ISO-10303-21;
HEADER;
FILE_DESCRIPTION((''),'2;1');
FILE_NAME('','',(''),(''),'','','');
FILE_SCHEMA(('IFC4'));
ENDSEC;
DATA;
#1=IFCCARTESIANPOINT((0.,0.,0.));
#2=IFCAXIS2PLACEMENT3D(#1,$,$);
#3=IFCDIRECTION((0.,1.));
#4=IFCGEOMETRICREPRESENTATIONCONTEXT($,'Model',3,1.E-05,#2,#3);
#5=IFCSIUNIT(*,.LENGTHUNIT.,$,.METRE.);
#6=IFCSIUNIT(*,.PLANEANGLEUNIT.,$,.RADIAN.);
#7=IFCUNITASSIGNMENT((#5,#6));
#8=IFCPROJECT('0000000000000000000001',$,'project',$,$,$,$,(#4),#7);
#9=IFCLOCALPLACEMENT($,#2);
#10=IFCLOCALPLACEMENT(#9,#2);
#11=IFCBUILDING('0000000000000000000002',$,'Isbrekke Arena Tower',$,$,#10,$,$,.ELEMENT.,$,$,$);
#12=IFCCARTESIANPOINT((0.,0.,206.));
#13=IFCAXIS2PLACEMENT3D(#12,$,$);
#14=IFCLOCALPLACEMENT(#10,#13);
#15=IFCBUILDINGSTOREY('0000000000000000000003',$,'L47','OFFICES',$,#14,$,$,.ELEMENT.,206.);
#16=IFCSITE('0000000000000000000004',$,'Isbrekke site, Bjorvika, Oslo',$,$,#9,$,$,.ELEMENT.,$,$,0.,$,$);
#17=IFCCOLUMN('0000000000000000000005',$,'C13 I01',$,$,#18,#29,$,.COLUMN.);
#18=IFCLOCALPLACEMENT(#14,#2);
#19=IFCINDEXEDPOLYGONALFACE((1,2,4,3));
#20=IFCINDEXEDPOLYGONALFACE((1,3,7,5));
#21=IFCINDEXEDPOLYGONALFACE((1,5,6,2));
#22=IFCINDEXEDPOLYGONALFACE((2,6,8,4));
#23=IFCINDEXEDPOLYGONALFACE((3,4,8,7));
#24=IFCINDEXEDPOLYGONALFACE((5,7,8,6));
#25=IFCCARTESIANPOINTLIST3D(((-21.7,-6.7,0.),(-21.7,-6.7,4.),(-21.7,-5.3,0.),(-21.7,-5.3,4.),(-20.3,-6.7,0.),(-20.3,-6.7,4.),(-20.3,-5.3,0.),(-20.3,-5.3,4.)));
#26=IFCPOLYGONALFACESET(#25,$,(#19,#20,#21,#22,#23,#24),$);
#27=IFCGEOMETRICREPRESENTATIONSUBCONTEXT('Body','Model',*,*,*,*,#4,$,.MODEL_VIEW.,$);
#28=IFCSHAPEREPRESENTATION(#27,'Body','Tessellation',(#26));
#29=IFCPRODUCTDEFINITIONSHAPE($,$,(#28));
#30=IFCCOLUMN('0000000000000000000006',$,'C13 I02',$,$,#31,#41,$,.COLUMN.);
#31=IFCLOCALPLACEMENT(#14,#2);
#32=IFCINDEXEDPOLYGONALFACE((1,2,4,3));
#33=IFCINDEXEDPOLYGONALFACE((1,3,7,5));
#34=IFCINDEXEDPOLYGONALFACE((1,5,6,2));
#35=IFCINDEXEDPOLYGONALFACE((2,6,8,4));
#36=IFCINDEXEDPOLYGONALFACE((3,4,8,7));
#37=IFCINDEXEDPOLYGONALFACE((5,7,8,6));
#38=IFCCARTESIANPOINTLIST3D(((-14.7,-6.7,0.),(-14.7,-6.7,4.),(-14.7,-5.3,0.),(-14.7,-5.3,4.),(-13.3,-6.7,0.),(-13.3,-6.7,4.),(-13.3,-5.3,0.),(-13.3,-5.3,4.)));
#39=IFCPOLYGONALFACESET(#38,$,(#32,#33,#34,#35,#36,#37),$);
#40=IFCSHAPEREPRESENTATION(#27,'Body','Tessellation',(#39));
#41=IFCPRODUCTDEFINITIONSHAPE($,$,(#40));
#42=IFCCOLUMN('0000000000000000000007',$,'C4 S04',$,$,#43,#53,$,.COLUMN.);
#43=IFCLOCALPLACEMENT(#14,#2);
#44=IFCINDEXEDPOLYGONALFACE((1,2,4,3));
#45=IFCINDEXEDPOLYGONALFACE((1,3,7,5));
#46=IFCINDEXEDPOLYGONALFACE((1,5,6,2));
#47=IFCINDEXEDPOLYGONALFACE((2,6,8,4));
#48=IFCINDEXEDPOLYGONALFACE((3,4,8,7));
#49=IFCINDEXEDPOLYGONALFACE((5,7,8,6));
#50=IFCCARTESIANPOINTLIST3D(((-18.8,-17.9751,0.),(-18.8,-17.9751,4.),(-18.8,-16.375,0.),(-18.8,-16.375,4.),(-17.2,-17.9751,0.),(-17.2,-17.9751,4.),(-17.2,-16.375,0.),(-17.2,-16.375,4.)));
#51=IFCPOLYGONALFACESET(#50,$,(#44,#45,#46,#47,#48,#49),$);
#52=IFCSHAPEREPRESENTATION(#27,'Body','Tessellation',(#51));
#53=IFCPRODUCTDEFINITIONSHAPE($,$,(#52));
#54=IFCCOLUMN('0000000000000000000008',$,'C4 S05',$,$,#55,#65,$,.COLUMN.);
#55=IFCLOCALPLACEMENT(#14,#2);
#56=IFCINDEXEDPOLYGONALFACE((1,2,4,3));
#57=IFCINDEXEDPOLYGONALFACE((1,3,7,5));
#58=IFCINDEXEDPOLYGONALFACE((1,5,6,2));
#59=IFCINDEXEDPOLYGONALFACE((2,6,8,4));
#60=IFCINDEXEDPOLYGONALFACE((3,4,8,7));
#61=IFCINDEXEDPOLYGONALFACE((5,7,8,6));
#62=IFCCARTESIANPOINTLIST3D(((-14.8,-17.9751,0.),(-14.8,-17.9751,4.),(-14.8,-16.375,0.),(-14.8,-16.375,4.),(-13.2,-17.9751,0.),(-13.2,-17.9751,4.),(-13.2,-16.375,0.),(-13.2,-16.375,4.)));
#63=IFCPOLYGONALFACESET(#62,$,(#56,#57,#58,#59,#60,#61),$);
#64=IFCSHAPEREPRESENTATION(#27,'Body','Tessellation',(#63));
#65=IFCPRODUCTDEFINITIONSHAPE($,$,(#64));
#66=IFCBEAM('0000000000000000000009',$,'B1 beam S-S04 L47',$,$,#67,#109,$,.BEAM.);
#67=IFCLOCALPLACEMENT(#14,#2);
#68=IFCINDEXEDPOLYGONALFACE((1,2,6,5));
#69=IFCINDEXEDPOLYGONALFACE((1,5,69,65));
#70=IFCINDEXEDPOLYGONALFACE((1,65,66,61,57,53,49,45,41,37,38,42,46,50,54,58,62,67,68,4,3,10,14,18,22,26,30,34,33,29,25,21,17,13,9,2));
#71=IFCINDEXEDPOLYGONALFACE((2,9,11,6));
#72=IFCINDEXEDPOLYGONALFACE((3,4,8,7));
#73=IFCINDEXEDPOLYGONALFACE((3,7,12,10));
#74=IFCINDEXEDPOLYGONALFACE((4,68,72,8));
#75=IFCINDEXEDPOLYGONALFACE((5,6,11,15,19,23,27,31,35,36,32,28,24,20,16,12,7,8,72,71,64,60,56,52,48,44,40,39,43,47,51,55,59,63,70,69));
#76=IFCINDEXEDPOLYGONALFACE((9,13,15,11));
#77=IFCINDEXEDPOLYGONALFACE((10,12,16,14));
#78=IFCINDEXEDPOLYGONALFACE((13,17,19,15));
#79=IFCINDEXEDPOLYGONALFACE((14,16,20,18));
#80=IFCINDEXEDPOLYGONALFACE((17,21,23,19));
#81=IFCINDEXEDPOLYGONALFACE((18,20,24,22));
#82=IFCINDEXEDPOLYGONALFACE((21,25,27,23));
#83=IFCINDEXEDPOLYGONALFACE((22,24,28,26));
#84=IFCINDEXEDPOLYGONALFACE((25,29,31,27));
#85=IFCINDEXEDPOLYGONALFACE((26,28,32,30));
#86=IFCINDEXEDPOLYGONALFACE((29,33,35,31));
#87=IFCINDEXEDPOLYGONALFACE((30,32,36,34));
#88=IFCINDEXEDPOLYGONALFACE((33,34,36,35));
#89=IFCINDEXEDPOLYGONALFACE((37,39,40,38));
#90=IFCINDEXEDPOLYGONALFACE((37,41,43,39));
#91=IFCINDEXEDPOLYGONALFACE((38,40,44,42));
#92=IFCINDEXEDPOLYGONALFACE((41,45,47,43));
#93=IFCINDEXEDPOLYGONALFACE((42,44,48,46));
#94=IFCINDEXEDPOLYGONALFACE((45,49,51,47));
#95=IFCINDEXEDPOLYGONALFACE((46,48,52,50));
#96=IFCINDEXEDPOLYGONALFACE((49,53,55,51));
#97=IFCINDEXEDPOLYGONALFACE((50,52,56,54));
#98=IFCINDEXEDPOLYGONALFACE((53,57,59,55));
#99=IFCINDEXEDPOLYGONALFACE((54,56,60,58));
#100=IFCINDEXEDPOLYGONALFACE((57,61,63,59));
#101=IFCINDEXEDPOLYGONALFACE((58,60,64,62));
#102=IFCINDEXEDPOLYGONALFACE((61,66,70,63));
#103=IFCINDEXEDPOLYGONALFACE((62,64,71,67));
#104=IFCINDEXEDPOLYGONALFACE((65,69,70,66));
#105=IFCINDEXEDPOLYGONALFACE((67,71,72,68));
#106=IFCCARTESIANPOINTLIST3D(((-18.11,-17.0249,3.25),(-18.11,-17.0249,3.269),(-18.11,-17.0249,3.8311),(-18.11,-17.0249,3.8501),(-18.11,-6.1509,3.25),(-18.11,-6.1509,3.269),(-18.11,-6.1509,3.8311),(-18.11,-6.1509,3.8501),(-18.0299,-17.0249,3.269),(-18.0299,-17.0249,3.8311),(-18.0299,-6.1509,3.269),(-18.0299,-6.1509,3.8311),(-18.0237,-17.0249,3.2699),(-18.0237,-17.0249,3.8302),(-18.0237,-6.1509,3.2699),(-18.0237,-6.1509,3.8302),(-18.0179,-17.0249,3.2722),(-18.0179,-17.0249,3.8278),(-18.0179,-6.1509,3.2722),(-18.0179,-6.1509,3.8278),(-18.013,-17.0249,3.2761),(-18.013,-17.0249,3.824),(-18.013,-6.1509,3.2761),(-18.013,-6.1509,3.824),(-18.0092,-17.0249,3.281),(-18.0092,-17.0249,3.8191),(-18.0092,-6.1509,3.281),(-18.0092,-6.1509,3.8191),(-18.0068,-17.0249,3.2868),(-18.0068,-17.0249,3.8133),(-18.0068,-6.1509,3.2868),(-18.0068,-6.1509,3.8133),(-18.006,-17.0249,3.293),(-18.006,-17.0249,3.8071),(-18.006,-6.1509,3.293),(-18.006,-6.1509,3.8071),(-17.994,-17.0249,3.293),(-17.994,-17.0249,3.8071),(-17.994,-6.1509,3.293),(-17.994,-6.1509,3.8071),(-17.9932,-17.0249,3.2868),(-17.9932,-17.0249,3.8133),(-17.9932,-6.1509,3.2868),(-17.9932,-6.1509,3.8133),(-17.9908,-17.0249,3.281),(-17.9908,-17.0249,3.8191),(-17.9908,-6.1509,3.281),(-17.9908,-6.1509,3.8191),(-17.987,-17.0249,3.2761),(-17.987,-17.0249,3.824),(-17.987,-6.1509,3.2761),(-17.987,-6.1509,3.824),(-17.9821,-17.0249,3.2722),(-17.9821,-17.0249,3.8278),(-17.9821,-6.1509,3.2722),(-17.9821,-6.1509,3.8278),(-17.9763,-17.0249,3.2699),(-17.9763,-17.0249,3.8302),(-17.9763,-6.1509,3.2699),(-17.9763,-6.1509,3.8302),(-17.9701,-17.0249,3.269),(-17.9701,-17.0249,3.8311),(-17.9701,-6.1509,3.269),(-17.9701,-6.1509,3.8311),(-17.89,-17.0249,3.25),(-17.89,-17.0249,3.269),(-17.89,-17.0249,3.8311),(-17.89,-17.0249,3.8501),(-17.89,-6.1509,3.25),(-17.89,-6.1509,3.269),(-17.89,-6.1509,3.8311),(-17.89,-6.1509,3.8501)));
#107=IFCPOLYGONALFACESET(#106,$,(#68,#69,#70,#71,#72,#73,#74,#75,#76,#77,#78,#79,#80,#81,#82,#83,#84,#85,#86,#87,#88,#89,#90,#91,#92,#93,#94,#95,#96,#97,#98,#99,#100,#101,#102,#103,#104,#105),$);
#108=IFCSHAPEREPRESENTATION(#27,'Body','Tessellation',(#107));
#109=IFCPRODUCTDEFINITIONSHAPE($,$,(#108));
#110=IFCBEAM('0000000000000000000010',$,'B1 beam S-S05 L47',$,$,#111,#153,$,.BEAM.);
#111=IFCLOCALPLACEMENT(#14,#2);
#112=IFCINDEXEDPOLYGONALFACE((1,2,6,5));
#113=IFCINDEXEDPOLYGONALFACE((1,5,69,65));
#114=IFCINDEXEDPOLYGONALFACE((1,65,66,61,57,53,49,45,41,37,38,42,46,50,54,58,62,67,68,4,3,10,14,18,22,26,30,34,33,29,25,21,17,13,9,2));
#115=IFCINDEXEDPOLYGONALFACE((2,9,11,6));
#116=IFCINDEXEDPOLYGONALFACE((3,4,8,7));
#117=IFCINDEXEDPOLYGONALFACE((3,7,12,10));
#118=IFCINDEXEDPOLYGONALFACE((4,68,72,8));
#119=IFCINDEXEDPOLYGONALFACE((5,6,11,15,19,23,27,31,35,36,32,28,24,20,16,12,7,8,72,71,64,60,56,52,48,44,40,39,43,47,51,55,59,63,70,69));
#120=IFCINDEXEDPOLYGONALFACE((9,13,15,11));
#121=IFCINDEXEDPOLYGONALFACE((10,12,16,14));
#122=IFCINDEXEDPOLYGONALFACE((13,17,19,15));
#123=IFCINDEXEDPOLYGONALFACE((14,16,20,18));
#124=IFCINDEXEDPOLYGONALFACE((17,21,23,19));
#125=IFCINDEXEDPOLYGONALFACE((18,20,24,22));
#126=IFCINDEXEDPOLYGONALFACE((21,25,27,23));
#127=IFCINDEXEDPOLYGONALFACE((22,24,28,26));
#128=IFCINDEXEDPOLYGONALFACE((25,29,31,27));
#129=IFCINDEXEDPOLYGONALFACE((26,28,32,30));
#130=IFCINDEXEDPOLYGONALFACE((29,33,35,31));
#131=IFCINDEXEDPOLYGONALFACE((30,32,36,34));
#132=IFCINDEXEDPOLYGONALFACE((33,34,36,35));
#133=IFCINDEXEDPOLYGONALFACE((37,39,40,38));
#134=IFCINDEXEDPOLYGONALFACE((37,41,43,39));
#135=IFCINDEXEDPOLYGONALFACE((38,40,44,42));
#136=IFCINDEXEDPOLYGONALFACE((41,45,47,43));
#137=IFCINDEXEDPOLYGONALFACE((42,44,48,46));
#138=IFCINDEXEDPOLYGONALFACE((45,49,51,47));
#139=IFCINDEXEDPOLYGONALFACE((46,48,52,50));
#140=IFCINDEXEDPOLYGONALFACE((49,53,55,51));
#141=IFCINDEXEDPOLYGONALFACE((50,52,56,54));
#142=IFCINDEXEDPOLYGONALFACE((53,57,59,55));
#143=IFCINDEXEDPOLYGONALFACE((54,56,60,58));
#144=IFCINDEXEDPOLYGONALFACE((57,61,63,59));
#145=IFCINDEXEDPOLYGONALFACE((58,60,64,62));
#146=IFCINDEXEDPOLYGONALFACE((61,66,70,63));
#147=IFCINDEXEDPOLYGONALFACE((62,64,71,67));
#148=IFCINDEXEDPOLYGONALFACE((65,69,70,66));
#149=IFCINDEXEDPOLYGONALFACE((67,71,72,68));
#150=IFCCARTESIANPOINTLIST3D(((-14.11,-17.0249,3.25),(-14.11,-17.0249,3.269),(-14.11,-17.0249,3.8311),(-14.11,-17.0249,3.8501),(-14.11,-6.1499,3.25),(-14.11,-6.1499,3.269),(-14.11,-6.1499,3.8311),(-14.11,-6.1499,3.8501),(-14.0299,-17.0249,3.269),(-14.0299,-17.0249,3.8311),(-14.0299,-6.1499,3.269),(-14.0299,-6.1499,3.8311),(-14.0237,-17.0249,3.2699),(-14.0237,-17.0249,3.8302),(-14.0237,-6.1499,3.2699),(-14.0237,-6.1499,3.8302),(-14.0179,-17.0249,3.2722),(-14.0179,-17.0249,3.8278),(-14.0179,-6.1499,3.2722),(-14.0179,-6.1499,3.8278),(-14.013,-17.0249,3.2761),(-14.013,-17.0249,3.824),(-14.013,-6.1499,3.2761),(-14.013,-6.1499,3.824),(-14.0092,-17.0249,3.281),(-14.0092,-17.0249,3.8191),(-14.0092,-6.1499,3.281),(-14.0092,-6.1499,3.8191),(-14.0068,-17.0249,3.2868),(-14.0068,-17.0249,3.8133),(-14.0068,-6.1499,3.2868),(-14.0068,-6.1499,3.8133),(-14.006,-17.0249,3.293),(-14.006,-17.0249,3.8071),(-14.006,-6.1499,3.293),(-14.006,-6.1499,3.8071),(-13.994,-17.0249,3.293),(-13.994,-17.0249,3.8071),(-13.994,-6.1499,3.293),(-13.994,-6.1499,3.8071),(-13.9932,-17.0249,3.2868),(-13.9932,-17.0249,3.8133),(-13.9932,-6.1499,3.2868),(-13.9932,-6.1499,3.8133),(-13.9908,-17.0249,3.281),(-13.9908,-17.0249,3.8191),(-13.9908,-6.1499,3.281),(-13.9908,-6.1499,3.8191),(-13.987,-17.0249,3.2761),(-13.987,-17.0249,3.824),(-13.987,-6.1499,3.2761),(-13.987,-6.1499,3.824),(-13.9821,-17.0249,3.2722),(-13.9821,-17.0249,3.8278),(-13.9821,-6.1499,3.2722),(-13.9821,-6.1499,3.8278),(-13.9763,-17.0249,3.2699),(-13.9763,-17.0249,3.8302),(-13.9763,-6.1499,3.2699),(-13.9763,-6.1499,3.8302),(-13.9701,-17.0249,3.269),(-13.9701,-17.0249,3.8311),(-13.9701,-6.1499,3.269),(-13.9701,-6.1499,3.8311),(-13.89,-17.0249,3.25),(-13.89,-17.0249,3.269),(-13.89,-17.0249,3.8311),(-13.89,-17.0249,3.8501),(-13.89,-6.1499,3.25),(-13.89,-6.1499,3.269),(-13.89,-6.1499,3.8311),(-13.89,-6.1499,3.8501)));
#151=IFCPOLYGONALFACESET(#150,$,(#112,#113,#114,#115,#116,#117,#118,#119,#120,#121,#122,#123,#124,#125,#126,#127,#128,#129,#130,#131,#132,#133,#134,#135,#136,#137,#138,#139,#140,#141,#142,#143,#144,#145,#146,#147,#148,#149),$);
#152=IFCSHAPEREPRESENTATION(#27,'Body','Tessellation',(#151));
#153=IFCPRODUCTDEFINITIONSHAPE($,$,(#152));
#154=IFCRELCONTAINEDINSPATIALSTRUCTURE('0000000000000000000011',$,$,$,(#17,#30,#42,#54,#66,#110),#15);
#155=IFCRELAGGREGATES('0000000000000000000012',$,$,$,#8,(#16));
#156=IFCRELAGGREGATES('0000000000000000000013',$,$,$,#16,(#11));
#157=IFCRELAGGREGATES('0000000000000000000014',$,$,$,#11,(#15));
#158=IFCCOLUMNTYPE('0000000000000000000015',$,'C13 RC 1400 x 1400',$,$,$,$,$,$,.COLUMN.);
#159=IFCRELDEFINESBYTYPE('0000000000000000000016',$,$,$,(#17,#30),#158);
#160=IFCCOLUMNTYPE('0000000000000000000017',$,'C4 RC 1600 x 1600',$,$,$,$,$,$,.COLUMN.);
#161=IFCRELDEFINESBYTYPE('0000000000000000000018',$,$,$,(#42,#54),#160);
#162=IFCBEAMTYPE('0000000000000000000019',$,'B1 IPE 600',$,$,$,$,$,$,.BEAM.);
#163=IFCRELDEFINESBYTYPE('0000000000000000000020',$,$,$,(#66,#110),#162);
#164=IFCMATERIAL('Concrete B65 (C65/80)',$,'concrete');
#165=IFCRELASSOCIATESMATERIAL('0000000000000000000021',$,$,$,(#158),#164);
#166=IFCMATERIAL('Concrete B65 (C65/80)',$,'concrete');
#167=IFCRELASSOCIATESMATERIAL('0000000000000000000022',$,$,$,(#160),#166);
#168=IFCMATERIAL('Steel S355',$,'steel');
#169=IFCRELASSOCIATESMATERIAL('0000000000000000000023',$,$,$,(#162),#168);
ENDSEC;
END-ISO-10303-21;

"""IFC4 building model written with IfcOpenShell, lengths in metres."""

from ifc_helpers import new_model, si_unit, direction, frame, origin, origin_2d, place, context, subcontext, project, spatial, rectangle, i_section, extrude, material, material_profile, profile_set, type_object, element, save


model = new_model("IFC4")

# Units and contexts
model_context = context("Model", 3, precision=1e-05, world=origin(), true_north=direction((0.0, 1.0)))
body_context = subcontext(model_context, "Body", "Model", "MODEL_VIEW")
ifc_project = project(units=[si_unit("LENGTHUNIT", "METRE"), si_unit("PLANEANGLEUNIT", "RADIAN")], contexts=[model_context])

# Site, building, storey
site_placement = place(None, origin())
site = spatial("IfcSite", under=ifc_project, at=site_placement, Name="Isbrekke site, Bjorvika, Oslo", CompositionType="ELEMENT", RefElevation=0.0)
building_placement = place(site_placement, origin())
building = spatial("IfcBuilding", under=site, at=building_placement, Name="Isbrekke Arena Tower", CompositionType="ELEMENT")
storey_placement = place(building_placement, frame((0.0, 0.0, 206.0)))
storey = spatial("IfcBuildingStorey", under=building, at=storey_placement, Name="L47", Description="OFFICES", CompositionType="ELEMENT", Elevation=206.0)

# Columns
ifc_material_1 = material(Name="Concrete B65 (C65/80)", Category="concrete")
ifc_material_profile_1 = material_profile(ifc_material_1, rectangle(XDim=1.3999, YDim=1.3999, at=origin_2d()), Name="RC 1400x1400")
ifc_profile_set_1 = profile_set([ifc_material_profile_1], Name="Concrete B65 (C65/80)")
column_type_1 = type_object("IfcColumnType", Name="C13 RC 1400 x 1400", PredefinedType="COLUMN", material=ifc_profile_set_1)
for number, where, z_axis, x_axis, name in (
    (1, (-21.0, -6.0, 0.0), (0.0, 0.0, 1.0), (1.0, 0.0, 0.0), "C13 I01"),
    (2, (-14.0, -6.0, 0.0), (0.0, 0.0, 1.0), (1.0, 0.0, 0.0), "C13 I02"),
):
    element("IfcColumn", number, at=place(storey_placement, frame(where, z_axis=z_axis, x_axis=x_axis)), inside=storey, type_object=column_type_1, Name=name, PredefinedType="COLUMN", context=body_context, shape_type="SweptSolid", body=[
        extrude(rectangle(XDim=1.3999, YDim=1.3999, at=origin_2d()), origin(), (0.0, 0.0, 1.0), 4.0),
    ])
ifc_material_2 = material(Name="Concrete B65 (C65/80)", Category="concrete")
ifc_material_profile_2 = material_profile(ifc_material_2, rectangle(XDim=1.6001, YDim=1.6001, at=origin_2d()), Name="RC 1600x1600")
ifc_profile_set_2 = profile_set([ifc_material_profile_2], Name="Concrete B65 (C65/80)")
column_type_2 = type_object("IfcColumnType", Name="C4 RC 1600 x 1600", PredefinedType="COLUMN", material=ifc_profile_set_2)
for number, where, z_axis, x_axis, name in (
    (3, (-18.0, -17.175, 0.0), (0.0, 0.0, 1.0), (1.0, 0.0, 0.0), "C4 S04"),
    (4, (-14.0, -17.175, 0.0), (0.0, 0.0, 1.0), (1.0, 0.0, 0.0), "C4 S05"),
):
    element("IfcColumn", number, at=place(storey_placement, frame(where, z_axis=z_axis, x_axis=x_axis)), inside=storey, type_object=column_type_2, Name=name, PredefinedType="COLUMN", context=body_context, shape_type="SweptSolid", body=[
        extrude(rectangle(XDim=1.6001, YDim=1.6001, at=origin_2d()), origin(), (0.0, 0.0, 1.0), 4.0),
    ])

# Beams
ifc_material_3 = material(Name="Steel S355", Category="steel")
ifc_material_profile_3 = material_profile(ifc_material_3, i_section(OverallWidth=0.22, OverallDepth=0.6001, WebThickness=0.012, FlangeThickness=0.019, FilletRadius=0.0239, at=origin_2d()), Name="IPE 600")
ifc_profile_set_3 = profile_set([ifc_material_profile_3], Name="Steel S355")
beam_type_1 = type_object("IfcBeamType", Name="B1 IPE 600", PredefinedType="BEAM", material=ifc_profile_set_3)
beam_1_placement = place(storey_placement, frame((-18.0, -17.0249, 3.55), z_axis=(0.0, 1.0, 0.0), x_axis=(-1.0, 0.0, 0.0)))
element("IfcBeam", 5, at=beam_1_placement, inside=storey, type_object=beam_type_1, Name="B1 beam S-S04 L47", PredefinedType="BEAM", context=body_context, shape_type="SweptSolid", body=[
    extrude(i_section(OverallWidth=0.22, OverallDepth=0.6001, WebThickness=0.012, FlangeThickness=0.019, FilletRadius=0.0239, at=origin_2d()), origin(), (0.0, 0.0, 1.0), 10.874),
])
beam_2_placement = place(storey_placement, frame((-14.0, -17.0249, 3.55), z_axis=(0.0, 1.0, 0.0), x_axis=(-1.0, 0.0, 0.0)))
element("IfcBeam", 6, at=beam_2_placement, inside=storey, type_object=beam_type_1, Name="B1 beam S-S05 L47", PredefinedType="BEAM", context=body_context, shape_type="SweptSolid", body=[
    extrude(i_section(OverallWidth=0.22, OverallDepth=0.6001, WebThickness=0.012, FlangeThickness=0.019, FilletRadius=0.0239, at=origin_2d()), origin(), (0.0, 0.0, 1.0), 10.875),
])

save(model, "model.ifc")
